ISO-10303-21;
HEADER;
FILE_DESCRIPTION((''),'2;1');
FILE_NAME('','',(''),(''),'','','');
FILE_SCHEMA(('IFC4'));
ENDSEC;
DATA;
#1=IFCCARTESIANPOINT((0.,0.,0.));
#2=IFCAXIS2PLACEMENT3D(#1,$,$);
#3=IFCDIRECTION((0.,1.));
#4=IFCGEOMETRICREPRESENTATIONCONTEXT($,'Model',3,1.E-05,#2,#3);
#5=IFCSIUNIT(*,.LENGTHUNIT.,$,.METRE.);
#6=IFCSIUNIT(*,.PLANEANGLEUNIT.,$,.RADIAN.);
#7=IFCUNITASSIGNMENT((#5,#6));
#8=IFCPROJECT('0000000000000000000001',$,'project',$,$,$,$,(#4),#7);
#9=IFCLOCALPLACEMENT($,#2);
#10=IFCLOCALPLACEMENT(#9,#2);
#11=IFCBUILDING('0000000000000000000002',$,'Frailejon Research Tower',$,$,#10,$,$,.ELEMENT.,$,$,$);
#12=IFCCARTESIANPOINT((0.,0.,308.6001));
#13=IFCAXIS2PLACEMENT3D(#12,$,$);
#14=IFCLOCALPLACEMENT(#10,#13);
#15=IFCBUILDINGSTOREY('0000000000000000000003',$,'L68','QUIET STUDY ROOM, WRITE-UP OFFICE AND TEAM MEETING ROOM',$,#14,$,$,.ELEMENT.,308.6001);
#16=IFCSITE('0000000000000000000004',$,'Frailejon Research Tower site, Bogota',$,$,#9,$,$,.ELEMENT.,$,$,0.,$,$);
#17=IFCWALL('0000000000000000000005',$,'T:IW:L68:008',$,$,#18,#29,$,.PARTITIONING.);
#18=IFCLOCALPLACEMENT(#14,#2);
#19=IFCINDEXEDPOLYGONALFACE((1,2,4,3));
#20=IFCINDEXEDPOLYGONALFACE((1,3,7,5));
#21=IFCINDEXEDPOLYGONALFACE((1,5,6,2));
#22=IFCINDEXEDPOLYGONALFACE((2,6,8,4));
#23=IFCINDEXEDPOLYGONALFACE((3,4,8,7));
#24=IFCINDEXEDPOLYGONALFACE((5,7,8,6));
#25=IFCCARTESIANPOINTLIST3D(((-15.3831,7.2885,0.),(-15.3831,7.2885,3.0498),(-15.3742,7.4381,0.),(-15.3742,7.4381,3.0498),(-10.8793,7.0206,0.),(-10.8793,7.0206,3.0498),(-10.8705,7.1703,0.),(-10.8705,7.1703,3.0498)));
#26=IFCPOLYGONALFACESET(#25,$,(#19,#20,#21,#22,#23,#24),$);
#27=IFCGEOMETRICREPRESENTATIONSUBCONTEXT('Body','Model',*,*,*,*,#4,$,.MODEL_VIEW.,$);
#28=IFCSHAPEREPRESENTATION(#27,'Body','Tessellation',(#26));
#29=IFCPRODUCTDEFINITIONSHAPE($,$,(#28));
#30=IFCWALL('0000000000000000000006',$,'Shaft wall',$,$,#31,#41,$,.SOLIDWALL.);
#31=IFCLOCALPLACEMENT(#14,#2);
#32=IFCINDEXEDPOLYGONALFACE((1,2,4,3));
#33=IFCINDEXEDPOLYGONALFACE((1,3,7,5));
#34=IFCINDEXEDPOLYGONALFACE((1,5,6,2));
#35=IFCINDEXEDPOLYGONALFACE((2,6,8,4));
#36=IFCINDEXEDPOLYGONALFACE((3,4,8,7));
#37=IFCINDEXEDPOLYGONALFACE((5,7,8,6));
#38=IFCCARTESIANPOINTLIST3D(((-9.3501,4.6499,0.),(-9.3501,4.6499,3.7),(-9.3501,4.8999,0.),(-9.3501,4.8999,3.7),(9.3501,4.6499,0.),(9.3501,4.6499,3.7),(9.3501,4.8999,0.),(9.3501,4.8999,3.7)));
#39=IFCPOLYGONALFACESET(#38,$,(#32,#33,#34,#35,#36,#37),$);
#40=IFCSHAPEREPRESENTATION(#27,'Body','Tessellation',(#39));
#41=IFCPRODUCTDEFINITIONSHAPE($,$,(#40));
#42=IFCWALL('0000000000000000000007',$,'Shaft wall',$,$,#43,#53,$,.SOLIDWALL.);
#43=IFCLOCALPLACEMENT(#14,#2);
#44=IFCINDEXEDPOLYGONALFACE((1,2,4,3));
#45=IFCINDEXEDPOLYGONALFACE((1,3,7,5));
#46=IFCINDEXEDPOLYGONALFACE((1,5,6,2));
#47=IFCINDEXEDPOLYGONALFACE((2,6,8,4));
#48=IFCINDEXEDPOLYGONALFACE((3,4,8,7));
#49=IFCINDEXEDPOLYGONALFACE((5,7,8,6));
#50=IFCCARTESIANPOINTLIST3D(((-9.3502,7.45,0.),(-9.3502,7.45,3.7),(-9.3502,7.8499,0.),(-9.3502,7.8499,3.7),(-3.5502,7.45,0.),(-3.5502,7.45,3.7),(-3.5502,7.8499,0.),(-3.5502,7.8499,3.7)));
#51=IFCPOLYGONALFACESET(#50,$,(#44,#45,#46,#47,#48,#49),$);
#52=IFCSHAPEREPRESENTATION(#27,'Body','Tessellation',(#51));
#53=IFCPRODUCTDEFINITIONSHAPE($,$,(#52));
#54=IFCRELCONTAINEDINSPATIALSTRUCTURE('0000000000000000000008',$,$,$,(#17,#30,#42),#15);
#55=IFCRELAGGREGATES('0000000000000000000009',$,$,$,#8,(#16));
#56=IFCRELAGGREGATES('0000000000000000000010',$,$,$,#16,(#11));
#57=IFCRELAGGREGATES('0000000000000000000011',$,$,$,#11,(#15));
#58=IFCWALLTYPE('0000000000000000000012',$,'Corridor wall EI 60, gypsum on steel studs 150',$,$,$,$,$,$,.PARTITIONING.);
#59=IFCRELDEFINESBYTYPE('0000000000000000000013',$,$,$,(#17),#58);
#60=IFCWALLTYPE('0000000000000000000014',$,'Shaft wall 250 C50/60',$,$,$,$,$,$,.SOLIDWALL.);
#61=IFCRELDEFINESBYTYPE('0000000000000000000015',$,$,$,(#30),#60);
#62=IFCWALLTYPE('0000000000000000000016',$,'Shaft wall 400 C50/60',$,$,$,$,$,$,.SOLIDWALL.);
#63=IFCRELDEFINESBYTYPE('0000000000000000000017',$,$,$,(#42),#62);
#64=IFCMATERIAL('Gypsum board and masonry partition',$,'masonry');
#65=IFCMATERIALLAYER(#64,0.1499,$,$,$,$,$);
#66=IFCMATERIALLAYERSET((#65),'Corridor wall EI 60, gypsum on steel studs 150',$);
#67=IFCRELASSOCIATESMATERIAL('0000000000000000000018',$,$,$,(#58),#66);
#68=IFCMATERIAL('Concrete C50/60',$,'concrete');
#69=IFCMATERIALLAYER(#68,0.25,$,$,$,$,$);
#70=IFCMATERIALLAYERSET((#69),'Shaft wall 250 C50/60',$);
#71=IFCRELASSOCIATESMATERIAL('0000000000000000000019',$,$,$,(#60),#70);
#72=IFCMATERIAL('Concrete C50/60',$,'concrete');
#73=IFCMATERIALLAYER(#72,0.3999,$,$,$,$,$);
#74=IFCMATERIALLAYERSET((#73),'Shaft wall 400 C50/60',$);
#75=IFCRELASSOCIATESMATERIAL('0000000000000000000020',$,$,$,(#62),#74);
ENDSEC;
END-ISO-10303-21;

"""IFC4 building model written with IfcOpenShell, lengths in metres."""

from ifc_helpers import new_model, si_unit, direction, frame, frame_2d, origin, place, context, subcontext, project, spatial, rectangle, extrude, material, layer, layer_set, type_object, element, save


model = new_model("IFC4")

# Units and contexts
model_context = context("Model", 3, precision=1e-05, world=origin(), true_north=direction((0.0, 1.0)))
body_context = subcontext(model_context, "Body", "Model", "MODEL_VIEW")
ifc_project = project(units=[si_unit("LENGTHUNIT", "METRE"), si_unit("PLANEANGLEUNIT", "RADIAN")], contexts=[model_context])

# Site, building, storey
site_placement = place(None, origin())
site = spatial("IfcSite", under=ifc_project, at=site_placement, Name="Frailejon Research Tower site, Bogota", CompositionType="ELEMENT", RefElevation=0.0)
building_placement = place(site_placement, origin())
building = spatial("IfcBuilding", under=site, at=building_placement, Name="Frailejon Research Tower", CompositionType="ELEMENT")
storey_placement = place(building_placement, frame((0.0, 0.0, 308.6001)))
storey = spatial("IfcBuildingStorey", under=building, at=storey_placement, Name="L68", Description="QUIET STUDY ROOM, WRITE-UP OFFICE AND TEAM MEETING ROOM", CompositionType="ELEMENT", Elevation=308.6001)

# Shared definitions
ifc_material_1 = material(Name="Gypsum board and masonry partition", Category="masonry")
ifc_layer_1 = layer(ifc_material_1, 0.1499)
ifc_layer_set_1 = layer_set([ifc_layer_1], Name="Corridor wall EI 60, gypsum on steel studs 150")
wall_type_1 = type_object("IfcWallType", Name="Corridor wall EI 60, gypsum on steel studs 150", PredefinedType="PARTITIONING", material=ifc_layer_set_1)

# Wall
wall_1_placement = place(storey_placement, frame((-15.3787, 7.3633, 0.0), z_axis=(0.0, 0.0, 1.0), x_axis=(0.998236, -0.059363, 0.0)))
element("IfcWall", 1, at=wall_1_placement, inside=storey, type_object=wall_type_1, Name="T:IW:L68:008", PredefinedType="PARTITIONING", context=body_context, shape_type="SweptSolid", body=[
    extrude(rectangle(XDim=4.5117, YDim=0.1499, at=frame_2d((2.2559, 0.0))), origin(), (0.0, 0.0, 1.0), 3.0498),
])

# Shared definitions
ifc_material_2 = material(Name="Concrete C50/60", Category="concrete")
ifc_layer_2 = layer(ifc_material_2, 0.25)
ifc_layer_set_2 = layer_set([ifc_layer_2], Name="Shaft wall 250 C50/60")
wall_type_2 = type_object("IfcWallType", Name="Shaft wall 250 C50/60", PredefinedType="SOLIDWALL", material=ifc_layer_set_2)

# Walls
wall_2_placement = place(storey_placement, frame((-9.3501, 4.7749, 0.0), z_axis=(0.0, 0.0, 1.0), x_axis=(1.0, 0.0, 0.0)))
element("IfcWall", 2, at=wall_2_placement, inside=storey, type_object=wall_type_2, Name="Shaft wall", PredefinedType="SOLIDWALL", context=body_context, shape_type="SweptSolid", body=[
    extrude(rectangle(XDim=18.7002, YDim=0.25, at=frame_2d((9.3501, 0.0))), origin(), (0.0, 0.0, 1.0), 3.7),
])
ifc_material_3 = material(Name="Concrete C50/60", Category="concrete")
ifc_layer_3 = layer(ifc_material_3, 0.3999)
ifc_layer_set_3 = layer_set([ifc_layer_3], Name="Shaft wall 400 C50/60")
wall_type_3 = type_object("IfcWallType", Name="Shaft wall 400 C50/60", PredefinedType="SOLIDWALL", material=ifc_layer_set_3)
wall_3_placement = place(storey_placement, frame((-9.3501, 7.6499, 0.0), z_axis=(0.0, 0.0, 1.0), x_axis=(1.0, 0.0, 0.0)))
element("IfcWall", 3, at=wall_3_placement, inside=storey, type_object=wall_type_3, Name="Shaft wall", PredefinedType="SOLIDWALL", context=body_context, shape_type="SweptSolid", body=[
    extrude(rectangle(XDim=5.8, YDim=0.3999, at=frame_2d((2.8999, 0.0))), origin(), (0.0, 0.0, 1.0), 3.7),
])

save(model, "model.ifc")
